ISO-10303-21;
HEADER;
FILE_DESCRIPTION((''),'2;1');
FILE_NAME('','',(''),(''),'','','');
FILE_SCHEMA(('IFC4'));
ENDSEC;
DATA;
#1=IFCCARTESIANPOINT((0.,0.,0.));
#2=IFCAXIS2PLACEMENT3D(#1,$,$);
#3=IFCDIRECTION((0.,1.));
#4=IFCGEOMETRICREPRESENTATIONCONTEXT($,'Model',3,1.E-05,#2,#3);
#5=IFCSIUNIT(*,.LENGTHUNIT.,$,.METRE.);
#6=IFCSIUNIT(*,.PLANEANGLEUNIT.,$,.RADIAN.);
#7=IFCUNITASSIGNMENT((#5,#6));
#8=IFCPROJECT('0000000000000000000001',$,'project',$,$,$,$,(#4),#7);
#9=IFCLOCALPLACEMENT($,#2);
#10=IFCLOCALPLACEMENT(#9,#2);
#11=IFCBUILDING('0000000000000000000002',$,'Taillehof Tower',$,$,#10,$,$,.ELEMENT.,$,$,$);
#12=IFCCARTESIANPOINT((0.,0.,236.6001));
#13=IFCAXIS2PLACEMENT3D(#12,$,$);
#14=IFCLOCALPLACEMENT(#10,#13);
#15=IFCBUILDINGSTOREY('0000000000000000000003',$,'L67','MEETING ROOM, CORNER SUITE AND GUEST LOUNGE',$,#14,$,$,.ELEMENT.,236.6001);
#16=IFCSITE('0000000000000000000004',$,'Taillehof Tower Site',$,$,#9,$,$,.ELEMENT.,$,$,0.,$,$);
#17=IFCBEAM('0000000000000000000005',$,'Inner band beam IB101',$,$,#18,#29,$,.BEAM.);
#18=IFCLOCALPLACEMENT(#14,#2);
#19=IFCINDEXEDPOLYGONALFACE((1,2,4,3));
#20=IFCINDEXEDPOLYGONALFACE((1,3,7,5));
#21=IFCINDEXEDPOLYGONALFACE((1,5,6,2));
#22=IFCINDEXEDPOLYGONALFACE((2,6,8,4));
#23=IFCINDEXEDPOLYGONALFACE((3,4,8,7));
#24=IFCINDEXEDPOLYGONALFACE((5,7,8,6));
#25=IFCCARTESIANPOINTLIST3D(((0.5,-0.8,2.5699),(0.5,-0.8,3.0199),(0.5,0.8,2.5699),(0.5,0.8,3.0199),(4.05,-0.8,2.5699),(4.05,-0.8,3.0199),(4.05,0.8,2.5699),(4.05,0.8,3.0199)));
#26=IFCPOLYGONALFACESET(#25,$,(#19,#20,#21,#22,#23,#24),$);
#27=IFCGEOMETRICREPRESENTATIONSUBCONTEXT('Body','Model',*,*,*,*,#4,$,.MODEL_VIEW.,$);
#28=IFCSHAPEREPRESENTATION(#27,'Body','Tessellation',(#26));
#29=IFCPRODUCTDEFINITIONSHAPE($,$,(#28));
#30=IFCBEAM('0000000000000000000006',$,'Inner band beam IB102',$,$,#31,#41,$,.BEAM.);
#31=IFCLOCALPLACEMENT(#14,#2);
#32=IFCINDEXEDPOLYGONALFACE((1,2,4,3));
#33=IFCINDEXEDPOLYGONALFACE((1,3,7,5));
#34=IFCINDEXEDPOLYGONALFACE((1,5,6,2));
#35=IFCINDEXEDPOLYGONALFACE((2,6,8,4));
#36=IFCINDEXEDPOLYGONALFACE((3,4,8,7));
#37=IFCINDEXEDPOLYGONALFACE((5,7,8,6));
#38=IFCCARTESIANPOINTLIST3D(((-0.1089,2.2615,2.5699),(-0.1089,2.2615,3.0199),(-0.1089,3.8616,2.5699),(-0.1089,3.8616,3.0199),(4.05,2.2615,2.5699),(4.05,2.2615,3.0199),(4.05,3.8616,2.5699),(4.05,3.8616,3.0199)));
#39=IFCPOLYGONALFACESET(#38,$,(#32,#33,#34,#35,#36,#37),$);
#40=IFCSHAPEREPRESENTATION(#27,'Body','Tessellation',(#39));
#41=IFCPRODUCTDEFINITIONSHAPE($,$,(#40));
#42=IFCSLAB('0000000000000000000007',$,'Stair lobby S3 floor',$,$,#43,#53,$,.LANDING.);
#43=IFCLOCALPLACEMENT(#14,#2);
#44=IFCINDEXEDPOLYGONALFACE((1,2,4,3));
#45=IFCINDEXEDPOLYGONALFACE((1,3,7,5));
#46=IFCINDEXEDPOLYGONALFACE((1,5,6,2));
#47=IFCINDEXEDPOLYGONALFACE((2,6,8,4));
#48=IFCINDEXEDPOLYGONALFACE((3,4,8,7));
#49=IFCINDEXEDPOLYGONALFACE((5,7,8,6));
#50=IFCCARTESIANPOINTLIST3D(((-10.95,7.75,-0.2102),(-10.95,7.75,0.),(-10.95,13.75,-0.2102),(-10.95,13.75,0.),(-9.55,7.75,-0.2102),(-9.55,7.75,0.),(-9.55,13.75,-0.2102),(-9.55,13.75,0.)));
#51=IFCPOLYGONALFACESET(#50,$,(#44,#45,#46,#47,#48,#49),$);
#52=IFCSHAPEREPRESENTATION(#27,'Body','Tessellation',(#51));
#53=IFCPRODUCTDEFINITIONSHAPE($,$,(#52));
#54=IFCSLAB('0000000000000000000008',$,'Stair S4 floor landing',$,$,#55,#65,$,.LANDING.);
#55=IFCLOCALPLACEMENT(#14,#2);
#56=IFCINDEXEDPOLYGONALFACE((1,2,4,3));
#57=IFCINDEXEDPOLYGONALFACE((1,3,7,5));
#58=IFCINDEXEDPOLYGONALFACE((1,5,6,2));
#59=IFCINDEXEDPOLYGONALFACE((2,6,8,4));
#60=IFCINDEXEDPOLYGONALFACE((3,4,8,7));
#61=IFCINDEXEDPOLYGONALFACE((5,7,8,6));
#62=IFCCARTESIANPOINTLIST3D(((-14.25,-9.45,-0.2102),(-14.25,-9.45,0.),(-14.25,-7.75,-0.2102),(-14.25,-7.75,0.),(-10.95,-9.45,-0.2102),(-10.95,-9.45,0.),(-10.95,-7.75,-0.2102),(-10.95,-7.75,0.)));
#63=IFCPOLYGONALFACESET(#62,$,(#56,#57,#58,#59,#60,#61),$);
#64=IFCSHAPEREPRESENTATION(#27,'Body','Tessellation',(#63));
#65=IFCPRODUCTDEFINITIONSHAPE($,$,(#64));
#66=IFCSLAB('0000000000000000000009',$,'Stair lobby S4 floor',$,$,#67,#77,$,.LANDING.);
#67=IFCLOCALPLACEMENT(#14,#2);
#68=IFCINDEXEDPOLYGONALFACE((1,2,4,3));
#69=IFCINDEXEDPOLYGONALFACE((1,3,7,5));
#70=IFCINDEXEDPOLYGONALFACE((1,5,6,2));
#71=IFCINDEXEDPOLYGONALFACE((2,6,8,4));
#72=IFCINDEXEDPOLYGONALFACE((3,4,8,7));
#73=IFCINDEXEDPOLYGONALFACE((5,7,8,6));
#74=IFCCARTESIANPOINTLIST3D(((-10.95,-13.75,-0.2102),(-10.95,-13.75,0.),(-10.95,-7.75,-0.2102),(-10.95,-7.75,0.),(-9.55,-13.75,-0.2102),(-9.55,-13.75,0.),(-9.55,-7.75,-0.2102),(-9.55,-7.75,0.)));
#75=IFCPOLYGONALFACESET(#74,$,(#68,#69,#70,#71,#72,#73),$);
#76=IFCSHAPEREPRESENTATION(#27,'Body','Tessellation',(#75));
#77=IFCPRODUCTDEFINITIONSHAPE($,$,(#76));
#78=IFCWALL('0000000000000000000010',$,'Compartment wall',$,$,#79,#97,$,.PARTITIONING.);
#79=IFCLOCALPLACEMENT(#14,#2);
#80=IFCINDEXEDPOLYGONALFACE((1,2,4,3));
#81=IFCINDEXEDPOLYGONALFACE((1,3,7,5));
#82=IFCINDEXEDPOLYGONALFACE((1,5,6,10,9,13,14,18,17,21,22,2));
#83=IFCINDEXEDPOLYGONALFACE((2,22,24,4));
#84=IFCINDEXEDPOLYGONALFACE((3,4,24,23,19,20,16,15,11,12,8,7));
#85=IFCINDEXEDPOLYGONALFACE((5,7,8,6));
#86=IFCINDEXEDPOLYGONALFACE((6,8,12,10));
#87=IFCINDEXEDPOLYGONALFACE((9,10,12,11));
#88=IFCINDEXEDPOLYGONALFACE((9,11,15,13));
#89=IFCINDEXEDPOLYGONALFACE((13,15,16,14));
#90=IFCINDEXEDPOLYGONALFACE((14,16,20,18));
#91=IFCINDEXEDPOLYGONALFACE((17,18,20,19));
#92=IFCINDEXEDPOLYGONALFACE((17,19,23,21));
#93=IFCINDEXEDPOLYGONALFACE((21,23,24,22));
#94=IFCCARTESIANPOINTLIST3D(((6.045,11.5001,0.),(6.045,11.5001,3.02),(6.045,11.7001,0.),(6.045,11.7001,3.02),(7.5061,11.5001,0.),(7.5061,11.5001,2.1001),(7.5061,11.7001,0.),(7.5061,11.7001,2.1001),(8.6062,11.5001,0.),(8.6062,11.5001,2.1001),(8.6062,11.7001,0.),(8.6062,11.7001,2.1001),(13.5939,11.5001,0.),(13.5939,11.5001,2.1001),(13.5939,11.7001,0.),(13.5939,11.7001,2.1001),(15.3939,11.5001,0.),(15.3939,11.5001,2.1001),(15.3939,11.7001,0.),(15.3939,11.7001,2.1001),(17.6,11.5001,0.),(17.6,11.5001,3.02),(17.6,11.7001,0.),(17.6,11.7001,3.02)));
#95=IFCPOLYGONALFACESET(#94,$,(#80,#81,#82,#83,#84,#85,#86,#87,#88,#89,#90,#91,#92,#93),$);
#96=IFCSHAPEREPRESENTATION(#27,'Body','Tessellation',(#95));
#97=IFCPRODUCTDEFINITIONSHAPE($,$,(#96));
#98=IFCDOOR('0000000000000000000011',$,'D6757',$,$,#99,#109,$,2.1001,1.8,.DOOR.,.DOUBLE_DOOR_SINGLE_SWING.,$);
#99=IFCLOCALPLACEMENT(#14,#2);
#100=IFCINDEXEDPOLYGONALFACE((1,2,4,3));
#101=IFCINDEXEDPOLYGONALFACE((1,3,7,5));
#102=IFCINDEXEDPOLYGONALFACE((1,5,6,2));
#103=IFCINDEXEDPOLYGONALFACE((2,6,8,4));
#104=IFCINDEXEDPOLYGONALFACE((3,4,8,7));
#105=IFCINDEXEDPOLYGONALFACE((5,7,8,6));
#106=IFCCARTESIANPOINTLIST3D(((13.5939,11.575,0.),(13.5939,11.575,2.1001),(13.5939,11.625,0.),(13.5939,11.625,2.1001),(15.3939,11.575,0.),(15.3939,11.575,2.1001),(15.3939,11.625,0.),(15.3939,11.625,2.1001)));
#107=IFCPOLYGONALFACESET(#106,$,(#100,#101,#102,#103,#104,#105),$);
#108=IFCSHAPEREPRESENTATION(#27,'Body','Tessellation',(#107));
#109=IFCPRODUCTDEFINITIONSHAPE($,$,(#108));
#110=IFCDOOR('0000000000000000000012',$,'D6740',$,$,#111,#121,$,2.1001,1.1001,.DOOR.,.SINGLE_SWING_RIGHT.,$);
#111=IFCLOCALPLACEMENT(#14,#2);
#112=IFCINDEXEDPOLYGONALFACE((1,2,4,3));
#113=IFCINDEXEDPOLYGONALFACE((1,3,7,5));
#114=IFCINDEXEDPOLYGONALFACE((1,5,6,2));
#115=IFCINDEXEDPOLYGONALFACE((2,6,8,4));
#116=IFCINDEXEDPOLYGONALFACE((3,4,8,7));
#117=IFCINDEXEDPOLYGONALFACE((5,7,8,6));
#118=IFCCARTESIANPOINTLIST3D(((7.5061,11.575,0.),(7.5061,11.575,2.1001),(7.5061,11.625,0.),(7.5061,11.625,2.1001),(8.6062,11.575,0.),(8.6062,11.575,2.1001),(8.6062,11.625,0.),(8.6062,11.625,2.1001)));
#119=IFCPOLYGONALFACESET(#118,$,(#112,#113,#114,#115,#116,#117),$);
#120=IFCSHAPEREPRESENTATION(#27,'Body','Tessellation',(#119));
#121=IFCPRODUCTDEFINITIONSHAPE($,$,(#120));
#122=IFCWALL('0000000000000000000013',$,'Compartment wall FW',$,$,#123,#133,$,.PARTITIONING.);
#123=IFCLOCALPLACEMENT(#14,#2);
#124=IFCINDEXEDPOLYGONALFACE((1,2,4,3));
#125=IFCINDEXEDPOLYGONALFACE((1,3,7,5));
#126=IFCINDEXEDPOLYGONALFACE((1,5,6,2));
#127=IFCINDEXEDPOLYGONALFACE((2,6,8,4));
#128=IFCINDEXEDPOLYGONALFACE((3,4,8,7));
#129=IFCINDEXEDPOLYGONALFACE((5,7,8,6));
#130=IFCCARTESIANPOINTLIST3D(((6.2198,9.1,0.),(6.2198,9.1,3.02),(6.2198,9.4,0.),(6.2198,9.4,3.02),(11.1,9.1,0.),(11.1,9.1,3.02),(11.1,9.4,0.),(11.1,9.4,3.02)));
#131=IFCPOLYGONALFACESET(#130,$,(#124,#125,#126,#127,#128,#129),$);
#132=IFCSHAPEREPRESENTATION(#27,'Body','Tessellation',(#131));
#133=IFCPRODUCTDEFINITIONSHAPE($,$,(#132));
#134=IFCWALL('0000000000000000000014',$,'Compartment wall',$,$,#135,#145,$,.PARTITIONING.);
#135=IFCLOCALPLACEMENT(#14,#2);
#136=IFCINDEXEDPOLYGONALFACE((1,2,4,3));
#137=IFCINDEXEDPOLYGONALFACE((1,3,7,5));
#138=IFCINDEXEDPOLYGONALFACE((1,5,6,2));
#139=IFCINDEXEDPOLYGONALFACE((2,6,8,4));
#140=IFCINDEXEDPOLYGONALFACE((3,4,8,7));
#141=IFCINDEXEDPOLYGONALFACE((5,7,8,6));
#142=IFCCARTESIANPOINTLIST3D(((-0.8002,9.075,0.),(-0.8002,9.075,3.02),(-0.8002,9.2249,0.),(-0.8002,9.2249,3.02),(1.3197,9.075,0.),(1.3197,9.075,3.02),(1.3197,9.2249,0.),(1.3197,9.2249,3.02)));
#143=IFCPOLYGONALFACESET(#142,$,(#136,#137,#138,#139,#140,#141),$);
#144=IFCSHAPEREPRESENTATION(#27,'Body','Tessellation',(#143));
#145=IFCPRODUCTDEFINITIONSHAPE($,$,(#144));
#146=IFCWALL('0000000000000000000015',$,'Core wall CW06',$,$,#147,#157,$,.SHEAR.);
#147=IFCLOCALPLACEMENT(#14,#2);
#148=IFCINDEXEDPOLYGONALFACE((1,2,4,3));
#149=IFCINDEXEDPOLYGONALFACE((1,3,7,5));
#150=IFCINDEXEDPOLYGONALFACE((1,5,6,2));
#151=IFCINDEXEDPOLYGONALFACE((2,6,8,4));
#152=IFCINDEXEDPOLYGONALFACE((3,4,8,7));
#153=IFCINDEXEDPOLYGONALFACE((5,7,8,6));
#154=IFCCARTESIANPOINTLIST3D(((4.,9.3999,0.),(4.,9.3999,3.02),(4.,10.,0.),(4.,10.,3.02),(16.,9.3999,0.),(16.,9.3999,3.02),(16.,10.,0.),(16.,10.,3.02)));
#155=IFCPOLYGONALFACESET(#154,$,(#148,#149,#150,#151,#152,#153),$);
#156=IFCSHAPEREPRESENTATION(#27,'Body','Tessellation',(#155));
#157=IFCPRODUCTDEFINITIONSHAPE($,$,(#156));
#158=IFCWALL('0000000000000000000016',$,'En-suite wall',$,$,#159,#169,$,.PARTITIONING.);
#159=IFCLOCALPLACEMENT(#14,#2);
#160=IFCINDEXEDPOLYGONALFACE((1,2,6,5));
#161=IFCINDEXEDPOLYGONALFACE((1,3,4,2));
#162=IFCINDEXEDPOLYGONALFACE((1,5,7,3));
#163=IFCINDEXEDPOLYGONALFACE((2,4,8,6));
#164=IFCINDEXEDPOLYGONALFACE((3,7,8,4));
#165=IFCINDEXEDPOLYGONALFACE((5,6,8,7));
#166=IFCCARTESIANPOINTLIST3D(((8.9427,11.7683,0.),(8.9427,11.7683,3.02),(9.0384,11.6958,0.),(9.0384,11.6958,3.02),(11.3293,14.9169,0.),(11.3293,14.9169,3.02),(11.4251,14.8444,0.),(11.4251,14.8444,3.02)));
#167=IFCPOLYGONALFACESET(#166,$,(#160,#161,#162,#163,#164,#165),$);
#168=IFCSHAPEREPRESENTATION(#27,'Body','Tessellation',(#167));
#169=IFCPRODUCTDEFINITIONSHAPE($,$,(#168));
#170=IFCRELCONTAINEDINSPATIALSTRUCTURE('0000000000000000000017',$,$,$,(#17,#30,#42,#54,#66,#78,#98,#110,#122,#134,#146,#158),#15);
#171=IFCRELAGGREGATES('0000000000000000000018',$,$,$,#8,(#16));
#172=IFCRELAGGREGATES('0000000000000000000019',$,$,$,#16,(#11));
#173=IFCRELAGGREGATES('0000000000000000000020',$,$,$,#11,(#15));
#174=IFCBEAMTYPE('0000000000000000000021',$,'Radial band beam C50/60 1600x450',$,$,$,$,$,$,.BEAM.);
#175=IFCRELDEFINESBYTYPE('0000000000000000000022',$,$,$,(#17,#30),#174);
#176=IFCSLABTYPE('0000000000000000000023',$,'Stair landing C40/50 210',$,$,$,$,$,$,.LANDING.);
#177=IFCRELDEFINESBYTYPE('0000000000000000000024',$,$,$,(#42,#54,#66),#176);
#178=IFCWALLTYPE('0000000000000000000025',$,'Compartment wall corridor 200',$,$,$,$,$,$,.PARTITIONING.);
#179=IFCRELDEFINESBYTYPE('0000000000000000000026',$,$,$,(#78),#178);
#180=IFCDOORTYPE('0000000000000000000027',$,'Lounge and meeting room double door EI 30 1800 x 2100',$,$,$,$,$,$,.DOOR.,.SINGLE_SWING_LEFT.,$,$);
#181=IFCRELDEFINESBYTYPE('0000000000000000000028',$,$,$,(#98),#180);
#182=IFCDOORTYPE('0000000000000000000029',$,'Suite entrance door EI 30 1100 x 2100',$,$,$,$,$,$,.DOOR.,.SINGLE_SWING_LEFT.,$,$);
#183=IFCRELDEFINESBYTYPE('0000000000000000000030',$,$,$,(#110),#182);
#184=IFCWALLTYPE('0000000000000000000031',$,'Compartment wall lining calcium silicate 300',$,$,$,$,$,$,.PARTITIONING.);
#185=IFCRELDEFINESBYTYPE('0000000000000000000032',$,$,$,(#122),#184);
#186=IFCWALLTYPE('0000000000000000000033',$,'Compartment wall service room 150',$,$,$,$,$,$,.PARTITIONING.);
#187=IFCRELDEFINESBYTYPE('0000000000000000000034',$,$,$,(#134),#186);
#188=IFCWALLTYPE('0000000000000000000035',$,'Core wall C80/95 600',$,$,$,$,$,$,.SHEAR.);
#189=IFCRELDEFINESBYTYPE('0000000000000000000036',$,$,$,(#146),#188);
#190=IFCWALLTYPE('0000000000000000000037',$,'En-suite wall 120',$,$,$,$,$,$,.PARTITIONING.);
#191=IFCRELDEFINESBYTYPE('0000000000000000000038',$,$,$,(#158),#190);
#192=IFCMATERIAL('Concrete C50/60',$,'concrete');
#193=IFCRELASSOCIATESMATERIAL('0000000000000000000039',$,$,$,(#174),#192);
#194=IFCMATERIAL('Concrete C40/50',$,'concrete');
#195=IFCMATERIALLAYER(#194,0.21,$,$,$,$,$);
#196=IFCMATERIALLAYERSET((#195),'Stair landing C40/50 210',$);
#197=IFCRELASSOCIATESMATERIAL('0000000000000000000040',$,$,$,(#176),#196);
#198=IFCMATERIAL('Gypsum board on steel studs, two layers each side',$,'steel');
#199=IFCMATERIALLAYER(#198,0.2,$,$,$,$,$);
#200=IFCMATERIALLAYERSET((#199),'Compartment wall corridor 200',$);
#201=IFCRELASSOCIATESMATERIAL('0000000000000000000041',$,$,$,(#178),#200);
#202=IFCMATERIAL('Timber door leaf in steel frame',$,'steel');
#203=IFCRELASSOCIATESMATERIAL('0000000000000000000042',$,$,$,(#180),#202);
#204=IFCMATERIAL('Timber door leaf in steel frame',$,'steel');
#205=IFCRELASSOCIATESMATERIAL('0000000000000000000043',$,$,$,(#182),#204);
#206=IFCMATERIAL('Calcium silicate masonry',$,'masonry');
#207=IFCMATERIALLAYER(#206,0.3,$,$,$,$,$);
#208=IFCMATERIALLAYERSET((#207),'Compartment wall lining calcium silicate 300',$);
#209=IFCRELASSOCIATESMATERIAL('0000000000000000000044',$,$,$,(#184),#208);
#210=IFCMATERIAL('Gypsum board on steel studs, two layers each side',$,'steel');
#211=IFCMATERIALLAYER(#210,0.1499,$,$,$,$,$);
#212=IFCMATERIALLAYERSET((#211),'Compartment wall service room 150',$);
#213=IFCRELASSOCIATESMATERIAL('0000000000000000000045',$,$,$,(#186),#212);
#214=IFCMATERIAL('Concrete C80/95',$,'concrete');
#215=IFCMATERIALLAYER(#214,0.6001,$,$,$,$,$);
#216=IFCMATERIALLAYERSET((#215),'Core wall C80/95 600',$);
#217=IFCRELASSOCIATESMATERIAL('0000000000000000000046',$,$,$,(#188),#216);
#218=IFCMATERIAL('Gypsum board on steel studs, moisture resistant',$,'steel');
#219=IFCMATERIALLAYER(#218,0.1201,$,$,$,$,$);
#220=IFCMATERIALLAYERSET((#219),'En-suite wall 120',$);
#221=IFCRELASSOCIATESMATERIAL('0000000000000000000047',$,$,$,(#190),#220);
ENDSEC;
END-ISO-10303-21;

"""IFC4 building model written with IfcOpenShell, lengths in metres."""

from ifc_helpers import new_model, si_unit, direction, frame, frame_2d, origin, origin_2d, place, context, subcontext, project, spatial, polyline, rectangle, outline, extrude, material, layer, layer_set, material_profile, profile_set, type_object, element, fill, save


model = new_model("IFC4")

# Units and contexts
model_context = context("Model", 3, precision=1e-05, world=origin(), true_north=direction((0.0, 1.0)))
body_context = subcontext(model_context, "Body", "Model", "MODEL_VIEW")
ifc_project = project(units=[si_unit("LENGTHUNIT", "METRE"), si_unit("PLANEANGLEUNIT", "RADIAN")], contexts=[model_context])

# Site, building, storey
site_placement = place(None, origin())
site = spatial("IfcSite", under=ifc_project, at=site_placement, Name="Taillehof Tower Site", CompositionType="ELEMENT", RefElevation=0.0)
building_placement = place(site_placement, origin())
building = spatial("IfcBuilding", under=site, at=building_placement, Name="Taillehof Tower", CompositionType="ELEMENT")
storey_placement = place(building_placement, frame((0.0, 0.0, 236.6001)))
storey = spatial("IfcBuildingStorey", under=building, at=storey_placement, Name="L67", Description="MEETING ROOM, CORNER SUITE AND GUEST LOUNGE", CompositionType="ELEMENT", Elevation=236.6001)

# Beams
ifc_material_1 = material(Name="Concrete C50/60", Category="concrete")
ifc_material_profile = material_profile(ifc_material_1, rectangle(XDim=1.6001, YDim=0.45, at=origin_2d()), Name="RC 1600x450")
ifc_profile_set = profile_set([ifc_material_profile], Name="Concrete C50/60")
beam_type = type_object("IfcBeamType", Name="Radial band beam C50/60 1600x450", PredefinedType="BEAM", material=ifc_profile_set)
beam_1_placement = place(storey_placement, frame((0.5, 0.0, 2.7949), z_axis=(1.0, 0.0, 0.0), x_axis=(0.0, 1.0, 0.0)))
element("IfcBeam", 1, at=beam_1_placement, inside=storey, type_object=beam_type, Name="Inner band beam IB101", PredefinedType="BEAM", context=body_context, shape_type="SweptSolid", body=[
    extrude(rectangle(XDim=1.6001, YDim=0.45, at=origin_2d()), origin(), (0.0, 0.0, 1.0), 3.55),
])
beam_2_placement = place(storey_placement, frame((-0.1089, 3.0615, 2.7949), z_axis=(1.0, 0.0, 0.0), x_axis=(0.0, 1.0, 0.0)))
element("IfcBeam", 2, at=beam_2_placement, inside=storey, type_object=beam_type, Name="Inner band beam IB102", PredefinedType="BEAM", context=body_context, shape_type="SweptSolid", body=[
    extrude(rectangle(XDim=1.6001, YDim=0.45, at=origin_2d()), origin(), (0.0, 0.0, 1.0), 4.1589),
])

# Slabs
ifc_material_2 = material(Name="Concrete C40/50", Category="concrete")
ifc_layer_1 = layer(ifc_material_2, 0.21)
ifc_layer_set_1 = layer_set([ifc_layer_1], Name="Stair landing C40/50 210")
slab_type = type_object("IfcSlabType", Name="Stair landing C40/50 210", PredefinedType="LANDING", material=ifc_layer_set_1)
slab_1_placement = place(storey_placement, frame((0.0, 0.0, -0.2102)))
element("IfcSlab", 3, at=slab_1_placement, inside=storey, type_object=slab_type, Name="Stair lobby S3 floor", PredefinedType="LANDING", context=body_context, shape_type="SweptSolid", body=[
    extrude(outline(polyline([(-10.95, 7.75), (-9.55, 7.75), (-9.55, 13.75), (-10.95, 13.75), (-10.95, 7.75)])), origin(), (0.0, 0.0, 1.0), 0.2102),
])
slab_2_placement = place(storey_placement, frame((0.0, 0.0, -0.2102)))
element("IfcSlab", 4, at=slab_2_placement, inside=storey, type_object=slab_type, Name="Stair S4 floor landing", PredefinedType="LANDING", context=body_context, shape_type="SweptSolid", body=[
    extrude(outline(polyline([(-14.25, -7.75), (-14.25, -9.45), (-10.95, -9.45), (-10.95, -7.75), (-14.25, -7.75)])), origin(), (0.0, 0.0, 1.0), 0.2102),
])
slab_3_placement = place(storey_placement, frame((0.0, 0.0, -0.2102)))
element("IfcSlab", 5, at=slab_3_placement, inside=storey, type_object=slab_type, Name="Stair lobby S4 floor", PredefinedType="LANDING", context=body_context, shape_type="SweptSolid", body=[
    extrude(outline(polyline([(-10.95, -13.75), (-9.55, -13.75), (-9.55, -7.75), (-10.95, -7.75), (-10.95, -13.75)])), origin(), (0.0, 0.0, 1.0), 0.2102),
])

# Wall, openings, doors
ifc_material_3 = material(Name="Gypsum board on steel studs, two layers each side", Category="steel")
ifc_layer_2 = layer(ifc_material_3, 0.2)
ifc_layer_set_2 = layer_set([ifc_layer_2], Name="Compartment wall corridor 200")
wall_type_1 = type_object("IfcWallType", Name="Compartment wall corridor 200", PredefinedType="PARTITIONING", material=ifc_layer_set_2)
wall_1_placement = place(storey_placement, frame((6.0452, 11.6001, 0.0), z_axis=(0.0, 0.0, 1.0), x_axis=(1.0, 0.0, 0.0)))
wall_1 = element("IfcWall", 6, at=wall_1_placement, inside=storey, type_object=wall_type_1, Name="Compartment wall", PredefinedType="PARTITIONING", context=body_context, shape_type="SweptSolid", body=[
    extrude(rectangle(XDim=11.5549, YDim=0.2, at=frame_2d((5.7773, 0.0))), origin(), (0.0, 0.0, 1.0), 3.02),
])
opening_1_placement = place(wall_1_placement, frame((1.4609, 0.0, 0.0)))
opening_1 = element("IfcOpeningElement", 7, at=opening_1_placement, cuts=wall_1, PredefinedType="OPENING", context=body_context, shape_type="SweptSolid", body=[
    extrude(rectangle(XDim=1.1001, YDim=2.1001, at=frame_2d((0.55, 1.05))), frame((0.0, 0.1099, 0.0), z_axis=(0.0, -1.0, 0.0), x_axis=(1.0, 0.0, 0.0)), (0.0, 0.0, 1.0), 0.22),
])
opening_2_placement = place(wall_1_placement, frame((7.5488, 0.0, 0.0)))
opening_2 = element("IfcOpeningElement", 8, at=opening_2_placement, cuts=wall_1, PredefinedType="OPENING", context=body_context, shape_type="SweptSolid", body=[
    extrude(rectangle(XDim=1.8, YDim=2.1001, at=frame_2d((0.8999, 1.05))), frame((0.0, 0.1099, 0.0), z_axis=(0.0, -1.0, 0.0), x_axis=(1.0, 0.0, 0.0)), (0.0, 0.0, 1.0), 0.22),
])
ifc_material_4 = material(Name="Timber door leaf in steel frame", Category="steel")
door_type_1 = type_object("IfcDoorType", Name="Lounge and meeting room double door EI 30 1800 x 2100", OperationType="SINGLE_SWING_LEFT", PredefinedType="DOOR", material=ifc_material_4)
door_1_placement = place(opening_2_placement, origin())
door_1 = element("IfcDoor", 9, at=door_1_placement, inside=storey, type_object=door_type_1, Name="D6757", OperationType="DOUBLE_DOOR_SINGLE_SWING", OverallHeight=2.1001, OverallWidth=1.8, PredefinedType="DOOR", context=body_context, shape_type="SweptSolid", body=[
    extrude(rectangle(XDim=1.8, YDim=2.1001, at=frame_2d((0.8999, 1.05))), frame((0.0, 0.0249, 0.0), z_axis=(0.0, -1.0, 0.0), x_axis=(1.0, 0.0, 0.0)), (0.0, 0.0, 1.0), 0.05),
])
fill(opening_2, door_1)
ifc_material_5 = material(Name="Timber door leaf in steel frame", Category="steel")
door_type_2 = type_object("IfcDoorType", Name="Suite entrance door EI 30 1100 x 2100", OperationType="SINGLE_SWING_LEFT", PredefinedType="DOOR", material=ifc_material_5)
door_2_placement = place(opening_1_placement, origin())
door_2 = element("IfcDoor", 10, at=door_2_placement, inside=storey, type_object=door_type_2, Name="D6740", OperationType="SINGLE_SWING_RIGHT", OverallHeight=2.1001, OverallWidth=1.1001, PredefinedType="DOOR", context=body_context, shape_type="SweptSolid", body=[
    extrude(rectangle(XDim=1.1001, YDim=2.1001, at=frame_2d((0.55, 1.05))), frame((0.0, 0.0249, 0.0), z_axis=(0.0, -1.0, 0.0), x_axis=(1.0, 0.0, 0.0)), (0.0, 0.0, 1.0), 0.05),
])
fill(opening_1, door_2)

# Walls
ifc_material_6 = material(Name="Calcium silicate masonry", Category="masonry")
ifc_layer_3 = layer(ifc_material_6, 0.3)
ifc_layer_set_3 = layer_set([ifc_layer_3], Name="Compartment wall lining calcium silicate 300")
wall_type_2 = type_object("IfcWallType", Name="Compartment wall lining calcium silicate 300", PredefinedType="PARTITIONING", material=ifc_layer_set_3)
wall_2_placement = place(storey_placement, frame((6.22, 9.25, 0.0), z_axis=(0.0, 0.0, 1.0), x_axis=(1.0, 0.0, 0.0)))
element("IfcWall", 11, at=wall_2_placement, inside=storey, type_object=wall_type_2, Name="Compartment wall FW", PredefinedType="PARTITIONING", context=body_context, shape_type="SweptSolid", body=[
    extrude(rectangle(XDim=4.8801, YDim=0.3, at=frame_2d((2.4399, 0.0))), origin(), (0.0, 0.0, 1.0), 3.02),
])
ifc_material_7 = material(Name="Gypsum board on steel studs, two layers each side", Category="steel")
ifc_layer_4 = layer(ifc_material_7, 0.1499)
ifc_layer_set_4 = layer_set([ifc_layer_4], Name="Compartment wall service room 150")
wall_type_3 = type_object("IfcWallType", Name="Compartment wall service room 150", PredefinedType="PARTITIONING", material=ifc_layer_set_4)
wall_3_placement = place(storey_placement, frame((1.3198, 9.1499, 0.0), z_axis=(0.0, 0.0, 1.0), x_axis=(-1.0, 0.0, 0.0)))
element("IfcWall", 12, at=wall_3_placement, inside=storey, type_object=wall_type_3, Name="Compartment wall", PredefinedType="PARTITIONING", context=body_context, shape_type="SweptSolid", body=[
    extrude(rectangle(XDim=2.1199, YDim=0.1499, at=frame_2d((1.0601, 0.0))), origin(), (0.0, 0.0, 1.0), 3.02),
])
ifc_material_8 = material(Name="Concrete C80/95", Category="concrete")
ifc_layer_5 = layer(ifc_material_8, 0.6001)
ifc_layer_set_5 = layer_set([ifc_layer_5], Name="Core wall C80/95 600")
wall_type_4 = type_object("IfcWallType", Name="Core wall C80/95 600", PredefinedType="SHEAR", material=ifc_layer_set_5)
wall_4_placement = place(storey_placement, frame((4.0, 9.7, 0.0), z_axis=(0.0, 0.0, 1.0), x_axis=(1.0, 0.0, 0.0)))
element("IfcWall", 13, at=wall_4_placement, inside=storey, type_object=wall_type_4, Name="Core wall CW06", PredefinedType="SHEAR", context=body_context, shape_type="SweptSolid", body=[
    extrude(rectangle(XDim=12.0, YDim=0.6001, at=frame_2d((6.0, 0.0))), origin(), (0.0, 0.0, 1.0), 3.02),
])
ifc_material_9 = material(Name="Gypsum board on steel studs, moisture resistant", Category="steel")
ifc_layer_6 = layer(ifc_material_9, 0.1201)
ifc_layer_set_6 = layer_set([ifc_layer_6], Name="En-suite wall 120")
wall_type_5 = type_object("IfcWallType", Name="En-suite wall 120", PredefinedType="PARTITIONING", material=ifc_layer_set_6)
wall_5_placement = place(storey_placement, frame((8.9905, 11.7319, 0.0), z_axis=(0.0, 0.0, 1.0), x_axis=(0.604075, 0.796927, 0.0)))
element("IfcWall", 14, at=wall_5_placement, inside=storey, type_object=wall_type_5, Name="En-suite wall", PredefinedType="PARTITIONING", context=body_context, shape_type="SweptSolid", body=[
    extrude(rectangle(XDim=3.9509, YDim=0.1201, at=frame_2d((1.9756, 0.0))), origin(), (0.0, 0.0, 1.0), 3.02),
])

save(model, "model.ifc")
